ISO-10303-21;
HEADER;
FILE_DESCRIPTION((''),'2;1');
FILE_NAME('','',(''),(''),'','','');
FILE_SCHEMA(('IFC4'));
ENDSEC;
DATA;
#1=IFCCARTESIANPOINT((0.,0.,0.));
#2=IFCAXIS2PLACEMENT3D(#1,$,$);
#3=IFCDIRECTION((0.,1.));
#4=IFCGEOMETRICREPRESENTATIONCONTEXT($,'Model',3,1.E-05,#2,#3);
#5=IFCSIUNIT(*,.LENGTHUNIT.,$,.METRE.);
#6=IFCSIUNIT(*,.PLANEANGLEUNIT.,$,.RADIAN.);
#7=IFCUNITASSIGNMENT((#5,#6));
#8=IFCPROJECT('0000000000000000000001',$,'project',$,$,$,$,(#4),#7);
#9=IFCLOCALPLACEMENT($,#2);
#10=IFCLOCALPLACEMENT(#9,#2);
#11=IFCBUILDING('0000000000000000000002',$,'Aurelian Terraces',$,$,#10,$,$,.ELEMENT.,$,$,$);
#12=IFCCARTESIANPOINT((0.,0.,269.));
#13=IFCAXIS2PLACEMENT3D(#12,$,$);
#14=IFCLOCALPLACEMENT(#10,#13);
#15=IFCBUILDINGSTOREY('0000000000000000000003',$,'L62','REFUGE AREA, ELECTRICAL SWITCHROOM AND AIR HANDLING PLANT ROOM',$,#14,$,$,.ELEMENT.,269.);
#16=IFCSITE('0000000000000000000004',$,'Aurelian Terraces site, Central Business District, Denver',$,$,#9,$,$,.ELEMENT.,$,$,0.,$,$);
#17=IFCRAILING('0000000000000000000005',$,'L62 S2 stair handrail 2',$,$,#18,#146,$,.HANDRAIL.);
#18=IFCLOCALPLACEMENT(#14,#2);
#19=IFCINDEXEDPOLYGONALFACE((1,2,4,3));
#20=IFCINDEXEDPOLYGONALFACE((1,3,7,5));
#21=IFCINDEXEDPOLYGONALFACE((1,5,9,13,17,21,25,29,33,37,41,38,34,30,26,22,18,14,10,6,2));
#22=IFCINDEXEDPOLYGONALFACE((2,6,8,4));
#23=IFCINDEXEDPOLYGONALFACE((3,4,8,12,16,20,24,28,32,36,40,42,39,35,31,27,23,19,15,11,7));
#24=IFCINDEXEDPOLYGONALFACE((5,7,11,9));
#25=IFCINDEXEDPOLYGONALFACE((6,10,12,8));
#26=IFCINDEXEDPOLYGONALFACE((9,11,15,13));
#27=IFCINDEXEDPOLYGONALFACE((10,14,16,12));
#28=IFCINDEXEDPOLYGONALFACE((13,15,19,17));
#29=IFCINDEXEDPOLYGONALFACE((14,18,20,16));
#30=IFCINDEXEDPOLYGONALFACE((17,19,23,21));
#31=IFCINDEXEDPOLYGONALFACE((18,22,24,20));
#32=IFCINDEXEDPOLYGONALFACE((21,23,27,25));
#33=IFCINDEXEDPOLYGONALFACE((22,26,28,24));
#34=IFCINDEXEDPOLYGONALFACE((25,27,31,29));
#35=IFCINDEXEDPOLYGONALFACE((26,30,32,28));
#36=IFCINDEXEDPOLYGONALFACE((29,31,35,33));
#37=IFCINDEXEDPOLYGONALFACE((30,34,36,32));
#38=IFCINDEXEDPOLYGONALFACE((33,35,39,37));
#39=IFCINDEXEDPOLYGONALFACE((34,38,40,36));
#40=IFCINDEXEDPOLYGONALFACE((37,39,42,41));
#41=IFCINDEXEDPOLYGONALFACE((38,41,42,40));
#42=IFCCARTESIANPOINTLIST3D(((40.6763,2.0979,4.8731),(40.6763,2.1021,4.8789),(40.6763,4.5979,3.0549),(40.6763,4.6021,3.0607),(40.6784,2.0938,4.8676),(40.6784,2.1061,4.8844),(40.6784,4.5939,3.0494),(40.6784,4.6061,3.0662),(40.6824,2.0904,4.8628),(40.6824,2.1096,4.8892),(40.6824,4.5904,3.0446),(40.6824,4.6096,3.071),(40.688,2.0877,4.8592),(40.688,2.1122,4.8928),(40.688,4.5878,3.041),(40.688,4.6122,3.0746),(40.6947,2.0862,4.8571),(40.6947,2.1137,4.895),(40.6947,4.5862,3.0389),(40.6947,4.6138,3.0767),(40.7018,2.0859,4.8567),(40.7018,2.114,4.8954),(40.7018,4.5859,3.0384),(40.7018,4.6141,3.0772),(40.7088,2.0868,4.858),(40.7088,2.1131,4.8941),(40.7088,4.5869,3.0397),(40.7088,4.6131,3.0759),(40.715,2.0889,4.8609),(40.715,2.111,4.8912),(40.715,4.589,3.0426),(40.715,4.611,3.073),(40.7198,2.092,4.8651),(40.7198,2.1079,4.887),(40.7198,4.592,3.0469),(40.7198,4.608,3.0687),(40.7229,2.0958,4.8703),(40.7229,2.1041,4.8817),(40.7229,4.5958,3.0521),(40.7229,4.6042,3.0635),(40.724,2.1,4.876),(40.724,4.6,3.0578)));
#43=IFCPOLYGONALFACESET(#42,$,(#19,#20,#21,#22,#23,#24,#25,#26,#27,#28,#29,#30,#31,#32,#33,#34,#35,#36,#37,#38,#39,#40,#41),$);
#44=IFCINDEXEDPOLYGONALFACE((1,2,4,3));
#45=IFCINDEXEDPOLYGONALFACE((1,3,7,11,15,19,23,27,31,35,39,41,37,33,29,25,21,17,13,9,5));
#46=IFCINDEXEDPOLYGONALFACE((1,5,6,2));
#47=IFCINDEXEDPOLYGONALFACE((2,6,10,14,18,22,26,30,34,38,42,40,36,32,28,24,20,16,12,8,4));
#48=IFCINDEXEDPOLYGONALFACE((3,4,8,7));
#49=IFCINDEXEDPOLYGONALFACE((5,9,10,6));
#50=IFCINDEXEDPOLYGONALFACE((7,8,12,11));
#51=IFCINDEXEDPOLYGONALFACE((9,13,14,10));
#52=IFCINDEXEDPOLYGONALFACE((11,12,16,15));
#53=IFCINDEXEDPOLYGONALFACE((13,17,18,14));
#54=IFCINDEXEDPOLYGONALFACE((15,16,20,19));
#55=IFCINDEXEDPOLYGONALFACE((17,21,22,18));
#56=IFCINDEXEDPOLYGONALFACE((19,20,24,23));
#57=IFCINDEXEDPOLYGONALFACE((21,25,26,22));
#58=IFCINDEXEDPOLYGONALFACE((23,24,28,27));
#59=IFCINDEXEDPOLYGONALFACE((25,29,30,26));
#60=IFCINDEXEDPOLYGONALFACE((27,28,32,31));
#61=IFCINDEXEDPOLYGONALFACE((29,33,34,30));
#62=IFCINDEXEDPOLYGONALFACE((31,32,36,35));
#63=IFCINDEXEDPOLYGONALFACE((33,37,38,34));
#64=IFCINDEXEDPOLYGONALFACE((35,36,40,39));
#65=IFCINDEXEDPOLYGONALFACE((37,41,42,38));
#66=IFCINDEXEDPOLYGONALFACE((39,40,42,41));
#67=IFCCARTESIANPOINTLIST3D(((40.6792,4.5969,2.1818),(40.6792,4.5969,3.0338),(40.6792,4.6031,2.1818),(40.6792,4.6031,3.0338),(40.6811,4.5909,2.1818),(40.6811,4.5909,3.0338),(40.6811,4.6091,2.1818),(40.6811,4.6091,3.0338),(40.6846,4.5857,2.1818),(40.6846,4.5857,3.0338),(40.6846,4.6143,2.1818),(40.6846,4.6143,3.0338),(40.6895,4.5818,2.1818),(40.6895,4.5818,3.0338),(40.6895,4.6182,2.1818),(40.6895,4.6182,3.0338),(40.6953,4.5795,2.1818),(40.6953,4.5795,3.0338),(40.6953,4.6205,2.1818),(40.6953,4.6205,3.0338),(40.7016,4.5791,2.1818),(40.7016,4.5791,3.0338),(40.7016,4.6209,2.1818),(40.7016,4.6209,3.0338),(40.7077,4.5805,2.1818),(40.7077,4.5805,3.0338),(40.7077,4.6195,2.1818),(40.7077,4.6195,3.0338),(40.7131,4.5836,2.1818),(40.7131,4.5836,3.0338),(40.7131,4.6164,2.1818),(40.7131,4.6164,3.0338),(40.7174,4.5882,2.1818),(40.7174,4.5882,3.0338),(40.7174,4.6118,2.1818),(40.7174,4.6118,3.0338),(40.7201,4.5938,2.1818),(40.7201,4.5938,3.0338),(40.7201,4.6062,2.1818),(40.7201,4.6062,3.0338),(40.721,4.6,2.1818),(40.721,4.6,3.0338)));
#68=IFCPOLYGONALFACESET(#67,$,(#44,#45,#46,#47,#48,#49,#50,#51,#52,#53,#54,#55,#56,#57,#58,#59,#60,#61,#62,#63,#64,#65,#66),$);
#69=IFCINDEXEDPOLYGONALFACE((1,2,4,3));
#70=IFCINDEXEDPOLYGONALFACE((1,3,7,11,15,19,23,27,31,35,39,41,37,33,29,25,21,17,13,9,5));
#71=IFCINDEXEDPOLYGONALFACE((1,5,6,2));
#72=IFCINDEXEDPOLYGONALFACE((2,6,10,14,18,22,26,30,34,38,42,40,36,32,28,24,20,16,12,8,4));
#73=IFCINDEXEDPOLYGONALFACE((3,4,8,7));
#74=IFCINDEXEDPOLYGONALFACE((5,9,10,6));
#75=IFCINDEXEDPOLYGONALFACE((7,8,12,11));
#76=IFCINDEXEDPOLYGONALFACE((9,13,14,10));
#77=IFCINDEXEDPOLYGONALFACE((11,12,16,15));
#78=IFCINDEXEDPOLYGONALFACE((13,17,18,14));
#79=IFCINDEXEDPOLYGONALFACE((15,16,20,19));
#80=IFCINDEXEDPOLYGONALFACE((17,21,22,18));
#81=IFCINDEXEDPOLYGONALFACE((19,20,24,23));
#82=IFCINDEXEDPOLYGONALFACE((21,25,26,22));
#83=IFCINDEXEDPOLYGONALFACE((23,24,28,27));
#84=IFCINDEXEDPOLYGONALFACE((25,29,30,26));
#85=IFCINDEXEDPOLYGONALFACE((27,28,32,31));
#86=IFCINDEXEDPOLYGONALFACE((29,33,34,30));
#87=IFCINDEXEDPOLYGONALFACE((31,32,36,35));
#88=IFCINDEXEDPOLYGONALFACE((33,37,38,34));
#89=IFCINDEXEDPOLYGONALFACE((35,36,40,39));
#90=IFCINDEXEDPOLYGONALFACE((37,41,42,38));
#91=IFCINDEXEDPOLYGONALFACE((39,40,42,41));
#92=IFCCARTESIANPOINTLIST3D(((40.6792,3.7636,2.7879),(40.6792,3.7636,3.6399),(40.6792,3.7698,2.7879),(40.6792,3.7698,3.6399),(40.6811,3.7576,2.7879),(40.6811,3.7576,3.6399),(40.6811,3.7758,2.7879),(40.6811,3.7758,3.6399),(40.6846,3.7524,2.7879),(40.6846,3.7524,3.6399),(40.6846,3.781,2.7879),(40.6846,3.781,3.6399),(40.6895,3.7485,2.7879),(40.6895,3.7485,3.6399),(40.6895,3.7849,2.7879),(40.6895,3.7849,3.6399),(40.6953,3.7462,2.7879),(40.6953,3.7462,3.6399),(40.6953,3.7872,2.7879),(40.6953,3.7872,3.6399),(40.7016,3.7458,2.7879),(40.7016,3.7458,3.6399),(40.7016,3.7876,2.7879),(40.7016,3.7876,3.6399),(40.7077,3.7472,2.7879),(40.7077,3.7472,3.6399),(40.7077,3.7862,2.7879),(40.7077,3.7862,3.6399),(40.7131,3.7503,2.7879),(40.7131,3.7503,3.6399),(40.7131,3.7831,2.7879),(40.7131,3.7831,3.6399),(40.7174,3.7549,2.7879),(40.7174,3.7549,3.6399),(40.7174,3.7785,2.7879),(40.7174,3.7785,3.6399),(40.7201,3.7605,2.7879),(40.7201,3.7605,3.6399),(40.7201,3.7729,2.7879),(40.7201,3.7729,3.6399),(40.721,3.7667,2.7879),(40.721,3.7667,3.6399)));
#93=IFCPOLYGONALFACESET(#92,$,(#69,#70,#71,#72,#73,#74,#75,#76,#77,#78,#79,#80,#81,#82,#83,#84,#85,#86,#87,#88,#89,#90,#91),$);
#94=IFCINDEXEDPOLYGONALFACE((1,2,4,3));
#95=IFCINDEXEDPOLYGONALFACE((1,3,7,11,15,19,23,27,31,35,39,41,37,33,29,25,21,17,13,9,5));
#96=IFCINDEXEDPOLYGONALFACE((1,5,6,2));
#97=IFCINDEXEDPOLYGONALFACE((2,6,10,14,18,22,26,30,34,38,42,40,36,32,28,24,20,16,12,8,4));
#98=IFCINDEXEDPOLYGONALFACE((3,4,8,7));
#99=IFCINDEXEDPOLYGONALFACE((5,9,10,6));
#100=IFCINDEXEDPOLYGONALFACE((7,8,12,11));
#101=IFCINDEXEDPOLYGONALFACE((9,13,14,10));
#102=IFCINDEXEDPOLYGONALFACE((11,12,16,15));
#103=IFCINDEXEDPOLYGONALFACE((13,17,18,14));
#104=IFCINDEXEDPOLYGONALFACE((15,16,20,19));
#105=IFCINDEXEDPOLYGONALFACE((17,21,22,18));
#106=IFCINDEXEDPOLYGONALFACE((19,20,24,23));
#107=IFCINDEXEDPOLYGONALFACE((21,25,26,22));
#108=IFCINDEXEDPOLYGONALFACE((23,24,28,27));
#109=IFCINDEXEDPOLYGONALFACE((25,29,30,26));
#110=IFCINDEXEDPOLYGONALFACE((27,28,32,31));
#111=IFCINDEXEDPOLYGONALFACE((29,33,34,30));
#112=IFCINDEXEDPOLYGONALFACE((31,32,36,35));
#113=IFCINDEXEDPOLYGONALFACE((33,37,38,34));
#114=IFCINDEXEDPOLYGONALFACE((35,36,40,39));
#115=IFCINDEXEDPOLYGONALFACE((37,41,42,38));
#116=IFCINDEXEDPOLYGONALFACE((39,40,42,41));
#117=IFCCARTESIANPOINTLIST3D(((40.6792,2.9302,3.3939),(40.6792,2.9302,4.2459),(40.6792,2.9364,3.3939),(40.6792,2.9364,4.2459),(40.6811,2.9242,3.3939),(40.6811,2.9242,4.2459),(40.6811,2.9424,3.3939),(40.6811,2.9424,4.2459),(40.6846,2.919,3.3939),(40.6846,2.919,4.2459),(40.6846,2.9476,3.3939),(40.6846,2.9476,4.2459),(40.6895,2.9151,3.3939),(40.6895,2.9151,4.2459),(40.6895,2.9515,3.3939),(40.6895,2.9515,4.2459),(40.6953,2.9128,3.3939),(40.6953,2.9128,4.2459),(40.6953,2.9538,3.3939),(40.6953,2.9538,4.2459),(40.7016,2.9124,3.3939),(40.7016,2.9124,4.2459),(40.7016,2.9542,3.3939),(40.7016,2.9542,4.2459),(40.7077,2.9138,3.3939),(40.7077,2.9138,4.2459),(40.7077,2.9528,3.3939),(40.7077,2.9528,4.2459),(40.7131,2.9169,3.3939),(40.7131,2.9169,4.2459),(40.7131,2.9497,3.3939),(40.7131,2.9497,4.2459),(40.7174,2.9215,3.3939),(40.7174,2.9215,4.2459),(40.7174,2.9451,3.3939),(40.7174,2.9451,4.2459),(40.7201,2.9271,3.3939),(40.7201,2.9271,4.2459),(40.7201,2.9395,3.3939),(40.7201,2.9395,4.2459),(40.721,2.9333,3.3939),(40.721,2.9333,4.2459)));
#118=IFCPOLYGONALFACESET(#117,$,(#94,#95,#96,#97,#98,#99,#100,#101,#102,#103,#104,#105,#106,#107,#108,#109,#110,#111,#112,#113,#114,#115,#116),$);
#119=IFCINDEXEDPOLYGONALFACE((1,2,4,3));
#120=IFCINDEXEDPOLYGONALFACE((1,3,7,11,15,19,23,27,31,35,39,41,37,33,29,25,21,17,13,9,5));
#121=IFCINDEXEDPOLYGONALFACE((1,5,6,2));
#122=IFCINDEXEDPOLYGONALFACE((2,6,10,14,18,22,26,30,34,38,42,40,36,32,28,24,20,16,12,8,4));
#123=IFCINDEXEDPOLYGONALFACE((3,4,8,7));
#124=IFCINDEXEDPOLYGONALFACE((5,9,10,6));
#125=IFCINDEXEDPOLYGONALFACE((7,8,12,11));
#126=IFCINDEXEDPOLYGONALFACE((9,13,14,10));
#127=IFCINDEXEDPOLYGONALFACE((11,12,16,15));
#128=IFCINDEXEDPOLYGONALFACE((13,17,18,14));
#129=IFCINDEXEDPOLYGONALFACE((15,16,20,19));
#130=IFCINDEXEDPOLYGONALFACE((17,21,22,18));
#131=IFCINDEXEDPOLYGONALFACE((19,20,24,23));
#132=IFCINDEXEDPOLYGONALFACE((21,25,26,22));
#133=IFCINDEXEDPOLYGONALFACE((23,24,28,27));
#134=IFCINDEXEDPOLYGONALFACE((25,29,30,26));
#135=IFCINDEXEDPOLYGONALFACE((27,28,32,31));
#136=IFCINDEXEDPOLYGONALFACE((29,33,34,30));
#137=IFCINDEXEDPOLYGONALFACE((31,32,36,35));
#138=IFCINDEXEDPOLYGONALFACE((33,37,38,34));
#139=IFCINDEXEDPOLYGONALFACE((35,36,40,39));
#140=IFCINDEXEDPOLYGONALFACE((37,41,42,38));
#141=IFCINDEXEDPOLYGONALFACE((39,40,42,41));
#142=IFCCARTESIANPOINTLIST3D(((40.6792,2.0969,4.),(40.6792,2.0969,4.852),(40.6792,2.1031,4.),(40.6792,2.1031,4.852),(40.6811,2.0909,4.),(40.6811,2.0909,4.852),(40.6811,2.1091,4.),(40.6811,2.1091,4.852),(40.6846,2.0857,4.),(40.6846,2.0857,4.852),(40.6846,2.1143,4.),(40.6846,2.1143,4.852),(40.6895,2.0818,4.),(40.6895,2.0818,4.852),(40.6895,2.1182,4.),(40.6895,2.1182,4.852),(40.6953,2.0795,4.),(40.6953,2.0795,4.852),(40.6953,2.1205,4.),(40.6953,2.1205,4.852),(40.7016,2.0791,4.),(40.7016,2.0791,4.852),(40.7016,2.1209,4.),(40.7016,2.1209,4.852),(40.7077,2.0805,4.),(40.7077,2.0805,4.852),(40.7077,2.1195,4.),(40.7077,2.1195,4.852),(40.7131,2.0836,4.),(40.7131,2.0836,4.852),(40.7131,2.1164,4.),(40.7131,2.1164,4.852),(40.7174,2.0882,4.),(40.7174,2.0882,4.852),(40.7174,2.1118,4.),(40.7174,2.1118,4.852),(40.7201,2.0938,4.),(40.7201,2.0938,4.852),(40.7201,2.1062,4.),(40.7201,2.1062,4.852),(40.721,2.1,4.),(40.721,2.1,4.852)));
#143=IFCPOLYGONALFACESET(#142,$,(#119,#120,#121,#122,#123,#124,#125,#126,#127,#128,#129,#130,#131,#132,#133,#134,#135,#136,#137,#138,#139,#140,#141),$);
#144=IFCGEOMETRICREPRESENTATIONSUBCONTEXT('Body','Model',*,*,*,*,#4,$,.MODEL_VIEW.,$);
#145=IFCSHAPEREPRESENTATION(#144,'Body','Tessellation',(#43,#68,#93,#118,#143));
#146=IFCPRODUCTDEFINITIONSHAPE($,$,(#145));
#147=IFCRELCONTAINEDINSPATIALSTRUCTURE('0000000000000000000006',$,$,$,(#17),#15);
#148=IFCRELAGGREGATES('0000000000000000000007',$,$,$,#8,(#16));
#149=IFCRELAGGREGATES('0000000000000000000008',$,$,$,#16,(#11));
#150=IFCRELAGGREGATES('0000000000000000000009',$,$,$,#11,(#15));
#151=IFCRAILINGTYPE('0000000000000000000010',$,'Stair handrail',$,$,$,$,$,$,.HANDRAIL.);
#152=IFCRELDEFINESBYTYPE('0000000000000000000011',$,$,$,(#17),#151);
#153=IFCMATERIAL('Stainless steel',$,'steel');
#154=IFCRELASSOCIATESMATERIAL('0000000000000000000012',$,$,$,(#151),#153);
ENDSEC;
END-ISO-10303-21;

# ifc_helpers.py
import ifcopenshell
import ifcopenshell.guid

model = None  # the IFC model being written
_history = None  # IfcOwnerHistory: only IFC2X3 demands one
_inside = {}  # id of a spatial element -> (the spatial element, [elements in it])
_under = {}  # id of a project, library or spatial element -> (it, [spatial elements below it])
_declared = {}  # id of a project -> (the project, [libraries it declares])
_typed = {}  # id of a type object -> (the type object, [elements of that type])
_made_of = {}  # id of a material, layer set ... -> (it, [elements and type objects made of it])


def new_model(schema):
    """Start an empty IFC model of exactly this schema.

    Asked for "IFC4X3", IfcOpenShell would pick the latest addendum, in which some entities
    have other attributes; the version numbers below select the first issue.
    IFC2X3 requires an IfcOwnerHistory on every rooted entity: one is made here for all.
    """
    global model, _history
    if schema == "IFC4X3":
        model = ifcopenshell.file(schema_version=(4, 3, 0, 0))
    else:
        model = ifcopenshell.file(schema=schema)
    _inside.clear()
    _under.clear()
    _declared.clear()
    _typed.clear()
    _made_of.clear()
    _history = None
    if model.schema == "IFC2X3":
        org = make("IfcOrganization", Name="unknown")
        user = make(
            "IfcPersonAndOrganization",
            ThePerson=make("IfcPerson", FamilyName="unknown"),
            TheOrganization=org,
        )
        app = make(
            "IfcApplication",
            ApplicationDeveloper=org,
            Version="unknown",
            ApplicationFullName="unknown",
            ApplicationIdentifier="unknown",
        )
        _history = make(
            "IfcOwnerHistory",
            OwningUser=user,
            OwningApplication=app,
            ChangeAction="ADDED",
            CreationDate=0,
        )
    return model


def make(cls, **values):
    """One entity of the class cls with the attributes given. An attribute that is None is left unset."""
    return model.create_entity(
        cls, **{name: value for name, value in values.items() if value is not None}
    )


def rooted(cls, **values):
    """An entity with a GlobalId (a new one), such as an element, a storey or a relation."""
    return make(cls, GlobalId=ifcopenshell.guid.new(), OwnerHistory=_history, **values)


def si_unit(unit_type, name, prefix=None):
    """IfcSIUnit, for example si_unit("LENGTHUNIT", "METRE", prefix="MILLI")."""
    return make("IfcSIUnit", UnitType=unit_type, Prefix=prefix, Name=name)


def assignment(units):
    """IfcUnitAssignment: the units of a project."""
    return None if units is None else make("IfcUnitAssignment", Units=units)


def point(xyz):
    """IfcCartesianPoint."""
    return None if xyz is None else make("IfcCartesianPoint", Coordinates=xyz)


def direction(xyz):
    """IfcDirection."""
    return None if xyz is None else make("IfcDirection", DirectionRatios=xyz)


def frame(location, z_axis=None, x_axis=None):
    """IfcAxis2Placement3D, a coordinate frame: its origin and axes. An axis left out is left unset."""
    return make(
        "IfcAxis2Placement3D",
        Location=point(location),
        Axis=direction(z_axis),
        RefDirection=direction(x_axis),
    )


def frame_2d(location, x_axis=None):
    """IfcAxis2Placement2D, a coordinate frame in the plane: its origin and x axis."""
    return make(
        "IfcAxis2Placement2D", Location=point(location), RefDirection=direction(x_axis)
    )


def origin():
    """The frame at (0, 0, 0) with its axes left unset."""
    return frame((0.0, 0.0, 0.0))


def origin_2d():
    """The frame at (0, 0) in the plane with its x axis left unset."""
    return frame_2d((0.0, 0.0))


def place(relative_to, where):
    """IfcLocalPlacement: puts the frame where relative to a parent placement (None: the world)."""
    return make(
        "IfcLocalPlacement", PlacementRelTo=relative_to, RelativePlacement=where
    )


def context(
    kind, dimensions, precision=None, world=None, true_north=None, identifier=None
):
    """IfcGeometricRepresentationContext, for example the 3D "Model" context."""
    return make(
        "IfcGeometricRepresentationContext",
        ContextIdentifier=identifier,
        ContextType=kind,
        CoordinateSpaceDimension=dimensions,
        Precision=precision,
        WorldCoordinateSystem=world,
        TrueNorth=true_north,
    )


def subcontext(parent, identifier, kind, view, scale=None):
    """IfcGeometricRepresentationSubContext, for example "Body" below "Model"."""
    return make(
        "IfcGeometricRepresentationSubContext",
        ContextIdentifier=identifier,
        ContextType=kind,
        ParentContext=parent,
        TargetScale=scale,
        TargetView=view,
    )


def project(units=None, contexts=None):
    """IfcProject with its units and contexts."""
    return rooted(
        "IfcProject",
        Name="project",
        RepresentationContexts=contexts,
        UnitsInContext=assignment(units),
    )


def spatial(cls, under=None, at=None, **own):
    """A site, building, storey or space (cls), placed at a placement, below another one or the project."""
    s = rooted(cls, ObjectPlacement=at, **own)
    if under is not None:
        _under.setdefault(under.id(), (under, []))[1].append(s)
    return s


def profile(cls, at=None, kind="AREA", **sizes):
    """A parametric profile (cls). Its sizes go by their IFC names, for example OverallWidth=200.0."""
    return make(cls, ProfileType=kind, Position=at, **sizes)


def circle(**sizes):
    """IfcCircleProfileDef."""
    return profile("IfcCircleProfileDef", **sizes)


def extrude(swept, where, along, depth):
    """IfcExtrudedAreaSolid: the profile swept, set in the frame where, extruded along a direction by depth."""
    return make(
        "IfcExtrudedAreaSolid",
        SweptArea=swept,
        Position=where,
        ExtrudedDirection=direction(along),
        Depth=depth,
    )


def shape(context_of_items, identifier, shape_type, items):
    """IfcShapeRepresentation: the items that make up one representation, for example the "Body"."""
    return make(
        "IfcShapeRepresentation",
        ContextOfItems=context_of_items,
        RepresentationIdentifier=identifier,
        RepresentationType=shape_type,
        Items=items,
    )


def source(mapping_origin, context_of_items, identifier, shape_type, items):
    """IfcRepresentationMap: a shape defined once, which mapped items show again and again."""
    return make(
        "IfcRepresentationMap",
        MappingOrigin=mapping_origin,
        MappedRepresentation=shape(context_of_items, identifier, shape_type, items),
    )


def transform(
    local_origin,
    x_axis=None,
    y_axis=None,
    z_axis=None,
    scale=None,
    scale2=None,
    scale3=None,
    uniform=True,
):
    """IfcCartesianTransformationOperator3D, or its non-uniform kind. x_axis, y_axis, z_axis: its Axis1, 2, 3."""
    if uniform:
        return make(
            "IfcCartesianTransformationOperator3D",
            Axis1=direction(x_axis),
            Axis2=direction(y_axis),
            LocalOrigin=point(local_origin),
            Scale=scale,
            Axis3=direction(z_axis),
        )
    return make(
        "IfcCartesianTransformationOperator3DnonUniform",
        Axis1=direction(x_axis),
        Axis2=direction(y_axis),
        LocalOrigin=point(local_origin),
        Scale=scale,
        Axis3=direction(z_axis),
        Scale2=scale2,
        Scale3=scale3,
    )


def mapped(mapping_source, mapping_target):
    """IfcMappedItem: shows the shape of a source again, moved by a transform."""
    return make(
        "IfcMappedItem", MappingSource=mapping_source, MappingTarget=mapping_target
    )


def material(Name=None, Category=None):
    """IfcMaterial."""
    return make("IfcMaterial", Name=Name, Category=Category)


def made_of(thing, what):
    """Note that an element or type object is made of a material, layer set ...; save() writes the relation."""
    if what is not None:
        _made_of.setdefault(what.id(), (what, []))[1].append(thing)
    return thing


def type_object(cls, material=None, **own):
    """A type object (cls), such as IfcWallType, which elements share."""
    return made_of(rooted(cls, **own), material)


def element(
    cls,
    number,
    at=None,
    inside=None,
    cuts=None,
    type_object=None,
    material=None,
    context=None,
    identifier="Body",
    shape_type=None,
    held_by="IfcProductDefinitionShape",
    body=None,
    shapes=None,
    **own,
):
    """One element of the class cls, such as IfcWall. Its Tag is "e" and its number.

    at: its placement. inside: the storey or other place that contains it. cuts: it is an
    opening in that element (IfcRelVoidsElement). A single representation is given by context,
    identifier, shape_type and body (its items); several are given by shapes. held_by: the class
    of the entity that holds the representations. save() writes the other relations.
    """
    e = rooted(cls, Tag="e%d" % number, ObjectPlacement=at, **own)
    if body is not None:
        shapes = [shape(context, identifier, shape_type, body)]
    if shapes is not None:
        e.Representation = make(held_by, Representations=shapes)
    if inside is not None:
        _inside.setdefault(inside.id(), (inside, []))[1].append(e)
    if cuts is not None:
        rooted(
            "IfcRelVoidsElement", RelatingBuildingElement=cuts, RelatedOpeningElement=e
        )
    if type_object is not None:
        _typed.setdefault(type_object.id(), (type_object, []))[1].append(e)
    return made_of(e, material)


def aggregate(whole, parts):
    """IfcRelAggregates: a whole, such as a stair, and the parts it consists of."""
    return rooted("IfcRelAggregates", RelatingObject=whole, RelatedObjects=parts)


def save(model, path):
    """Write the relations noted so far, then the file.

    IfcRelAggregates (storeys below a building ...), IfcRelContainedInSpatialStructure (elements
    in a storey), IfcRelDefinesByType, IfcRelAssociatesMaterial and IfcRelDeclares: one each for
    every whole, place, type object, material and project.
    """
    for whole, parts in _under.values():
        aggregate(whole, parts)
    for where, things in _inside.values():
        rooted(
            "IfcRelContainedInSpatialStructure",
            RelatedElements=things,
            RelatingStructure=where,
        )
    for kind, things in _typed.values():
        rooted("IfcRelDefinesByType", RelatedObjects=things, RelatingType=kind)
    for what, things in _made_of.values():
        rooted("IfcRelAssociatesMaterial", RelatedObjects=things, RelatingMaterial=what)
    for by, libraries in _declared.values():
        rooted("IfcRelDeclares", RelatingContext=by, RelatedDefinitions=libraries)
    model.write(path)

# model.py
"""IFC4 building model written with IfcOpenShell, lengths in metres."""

from ifc_helpers import new_model, si_unit, direction, frame, origin, origin_2d, place, context, subcontext, project, spatial, circle, extrude, source, transform, mapped, material, type_object, element, save


model = new_model("IFC4")

# Units and contexts
model_context = context("Model", 3, precision=1e-05, world=origin(), true_north=direction((0.0, 1.0)))
body_context = subcontext(model_context, "Body", "Model", "MODEL_VIEW")
ifc_project = project(units=[si_unit("LENGTHUNIT", "METRE"), si_unit("PLANEANGLEUNIT", "RADIAN")], contexts=[model_context])

# Site, building, storey
site_placement = place(None, origin())
site = spatial("IfcSite", under=ifc_project, at=site_placement, Name="Aurelian Terraces site, Central Business District, Denver", CompositionType="ELEMENT", RefElevation=0.0)
building_placement = place(site_placement, origin())
building = spatial("IfcBuilding", under=site, at=building_placement, Name="Aurelian Terraces", CompositionType="ELEMENT")
storey_placement = place(building_placement, frame((0.0, 0.0, 269.0)))
storey = spatial("IfcBuildingStorey", under=building, at=storey_placement, Name="L62", Description="REFUGE AREA, ELECTRICAL SWITCHROOM AND AIR HANDLING PLANT ROOM", CompositionType="ELEMENT", Elevation=269.0)

# Railing
ifc_material_1 = material(Name="Stainless steel", Category="steel")
railing_type_1 = type_object("IfcRailingType", Name="Stair handrail", PredefinedType="HANDRAIL", material=ifc_material_1)
shared_shape_1 = source(origin(), body_context, "Body", "SweptSolid", [
    extrude(circle(Radius=0.024, at=origin_2d()), frame((0.0, 0.0, 0.876), z_axis=(0.0, -0.808733, 0.588176), x_axis=(1.0, 0.0, 0.0)), (0.0, 0.0, 1.0), 3.0913),
    extrude(circle(Radius=0.021, at=origin_2d()), origin(), (0.0, 0.0, 1.0), 0.852),
    extrude(circle(Radius=0.021, at=origin_2d()), frame((0.0, -0.8333, 0.6061)), (0.0, 0.0, 1.0), 0.852),
    extrude(circle(Radius=0.021, at=origin_2d()), frame((0.0, -1.6667, 1.2121)), (0.0, 0.0, 1.0), 0.852),
    extrude(circle(Radius=0.021, at=origin_2d()), frame((0.0, -2.5, 1.8182)), (0.0, 0.0, 1.0), 0.852),
])
for number, where, name in (
    (1, (40.7, 4.6, 2.1818), "L62 S2 stair handrail 2"),
):
    element("IfcRailing", number, at=place(storey_placement, frame(where)), inside=storey, type_object=railing_type_1, Name=name, PredefinedType="HANDRAIL", context=body_context, shape_type="MappedRepresentation", body=[
        mapped(shared_shape_1, transform((0.0, 0.0, 0.0), scale=1.0)),
    ])

save(model, "model.ifc")
